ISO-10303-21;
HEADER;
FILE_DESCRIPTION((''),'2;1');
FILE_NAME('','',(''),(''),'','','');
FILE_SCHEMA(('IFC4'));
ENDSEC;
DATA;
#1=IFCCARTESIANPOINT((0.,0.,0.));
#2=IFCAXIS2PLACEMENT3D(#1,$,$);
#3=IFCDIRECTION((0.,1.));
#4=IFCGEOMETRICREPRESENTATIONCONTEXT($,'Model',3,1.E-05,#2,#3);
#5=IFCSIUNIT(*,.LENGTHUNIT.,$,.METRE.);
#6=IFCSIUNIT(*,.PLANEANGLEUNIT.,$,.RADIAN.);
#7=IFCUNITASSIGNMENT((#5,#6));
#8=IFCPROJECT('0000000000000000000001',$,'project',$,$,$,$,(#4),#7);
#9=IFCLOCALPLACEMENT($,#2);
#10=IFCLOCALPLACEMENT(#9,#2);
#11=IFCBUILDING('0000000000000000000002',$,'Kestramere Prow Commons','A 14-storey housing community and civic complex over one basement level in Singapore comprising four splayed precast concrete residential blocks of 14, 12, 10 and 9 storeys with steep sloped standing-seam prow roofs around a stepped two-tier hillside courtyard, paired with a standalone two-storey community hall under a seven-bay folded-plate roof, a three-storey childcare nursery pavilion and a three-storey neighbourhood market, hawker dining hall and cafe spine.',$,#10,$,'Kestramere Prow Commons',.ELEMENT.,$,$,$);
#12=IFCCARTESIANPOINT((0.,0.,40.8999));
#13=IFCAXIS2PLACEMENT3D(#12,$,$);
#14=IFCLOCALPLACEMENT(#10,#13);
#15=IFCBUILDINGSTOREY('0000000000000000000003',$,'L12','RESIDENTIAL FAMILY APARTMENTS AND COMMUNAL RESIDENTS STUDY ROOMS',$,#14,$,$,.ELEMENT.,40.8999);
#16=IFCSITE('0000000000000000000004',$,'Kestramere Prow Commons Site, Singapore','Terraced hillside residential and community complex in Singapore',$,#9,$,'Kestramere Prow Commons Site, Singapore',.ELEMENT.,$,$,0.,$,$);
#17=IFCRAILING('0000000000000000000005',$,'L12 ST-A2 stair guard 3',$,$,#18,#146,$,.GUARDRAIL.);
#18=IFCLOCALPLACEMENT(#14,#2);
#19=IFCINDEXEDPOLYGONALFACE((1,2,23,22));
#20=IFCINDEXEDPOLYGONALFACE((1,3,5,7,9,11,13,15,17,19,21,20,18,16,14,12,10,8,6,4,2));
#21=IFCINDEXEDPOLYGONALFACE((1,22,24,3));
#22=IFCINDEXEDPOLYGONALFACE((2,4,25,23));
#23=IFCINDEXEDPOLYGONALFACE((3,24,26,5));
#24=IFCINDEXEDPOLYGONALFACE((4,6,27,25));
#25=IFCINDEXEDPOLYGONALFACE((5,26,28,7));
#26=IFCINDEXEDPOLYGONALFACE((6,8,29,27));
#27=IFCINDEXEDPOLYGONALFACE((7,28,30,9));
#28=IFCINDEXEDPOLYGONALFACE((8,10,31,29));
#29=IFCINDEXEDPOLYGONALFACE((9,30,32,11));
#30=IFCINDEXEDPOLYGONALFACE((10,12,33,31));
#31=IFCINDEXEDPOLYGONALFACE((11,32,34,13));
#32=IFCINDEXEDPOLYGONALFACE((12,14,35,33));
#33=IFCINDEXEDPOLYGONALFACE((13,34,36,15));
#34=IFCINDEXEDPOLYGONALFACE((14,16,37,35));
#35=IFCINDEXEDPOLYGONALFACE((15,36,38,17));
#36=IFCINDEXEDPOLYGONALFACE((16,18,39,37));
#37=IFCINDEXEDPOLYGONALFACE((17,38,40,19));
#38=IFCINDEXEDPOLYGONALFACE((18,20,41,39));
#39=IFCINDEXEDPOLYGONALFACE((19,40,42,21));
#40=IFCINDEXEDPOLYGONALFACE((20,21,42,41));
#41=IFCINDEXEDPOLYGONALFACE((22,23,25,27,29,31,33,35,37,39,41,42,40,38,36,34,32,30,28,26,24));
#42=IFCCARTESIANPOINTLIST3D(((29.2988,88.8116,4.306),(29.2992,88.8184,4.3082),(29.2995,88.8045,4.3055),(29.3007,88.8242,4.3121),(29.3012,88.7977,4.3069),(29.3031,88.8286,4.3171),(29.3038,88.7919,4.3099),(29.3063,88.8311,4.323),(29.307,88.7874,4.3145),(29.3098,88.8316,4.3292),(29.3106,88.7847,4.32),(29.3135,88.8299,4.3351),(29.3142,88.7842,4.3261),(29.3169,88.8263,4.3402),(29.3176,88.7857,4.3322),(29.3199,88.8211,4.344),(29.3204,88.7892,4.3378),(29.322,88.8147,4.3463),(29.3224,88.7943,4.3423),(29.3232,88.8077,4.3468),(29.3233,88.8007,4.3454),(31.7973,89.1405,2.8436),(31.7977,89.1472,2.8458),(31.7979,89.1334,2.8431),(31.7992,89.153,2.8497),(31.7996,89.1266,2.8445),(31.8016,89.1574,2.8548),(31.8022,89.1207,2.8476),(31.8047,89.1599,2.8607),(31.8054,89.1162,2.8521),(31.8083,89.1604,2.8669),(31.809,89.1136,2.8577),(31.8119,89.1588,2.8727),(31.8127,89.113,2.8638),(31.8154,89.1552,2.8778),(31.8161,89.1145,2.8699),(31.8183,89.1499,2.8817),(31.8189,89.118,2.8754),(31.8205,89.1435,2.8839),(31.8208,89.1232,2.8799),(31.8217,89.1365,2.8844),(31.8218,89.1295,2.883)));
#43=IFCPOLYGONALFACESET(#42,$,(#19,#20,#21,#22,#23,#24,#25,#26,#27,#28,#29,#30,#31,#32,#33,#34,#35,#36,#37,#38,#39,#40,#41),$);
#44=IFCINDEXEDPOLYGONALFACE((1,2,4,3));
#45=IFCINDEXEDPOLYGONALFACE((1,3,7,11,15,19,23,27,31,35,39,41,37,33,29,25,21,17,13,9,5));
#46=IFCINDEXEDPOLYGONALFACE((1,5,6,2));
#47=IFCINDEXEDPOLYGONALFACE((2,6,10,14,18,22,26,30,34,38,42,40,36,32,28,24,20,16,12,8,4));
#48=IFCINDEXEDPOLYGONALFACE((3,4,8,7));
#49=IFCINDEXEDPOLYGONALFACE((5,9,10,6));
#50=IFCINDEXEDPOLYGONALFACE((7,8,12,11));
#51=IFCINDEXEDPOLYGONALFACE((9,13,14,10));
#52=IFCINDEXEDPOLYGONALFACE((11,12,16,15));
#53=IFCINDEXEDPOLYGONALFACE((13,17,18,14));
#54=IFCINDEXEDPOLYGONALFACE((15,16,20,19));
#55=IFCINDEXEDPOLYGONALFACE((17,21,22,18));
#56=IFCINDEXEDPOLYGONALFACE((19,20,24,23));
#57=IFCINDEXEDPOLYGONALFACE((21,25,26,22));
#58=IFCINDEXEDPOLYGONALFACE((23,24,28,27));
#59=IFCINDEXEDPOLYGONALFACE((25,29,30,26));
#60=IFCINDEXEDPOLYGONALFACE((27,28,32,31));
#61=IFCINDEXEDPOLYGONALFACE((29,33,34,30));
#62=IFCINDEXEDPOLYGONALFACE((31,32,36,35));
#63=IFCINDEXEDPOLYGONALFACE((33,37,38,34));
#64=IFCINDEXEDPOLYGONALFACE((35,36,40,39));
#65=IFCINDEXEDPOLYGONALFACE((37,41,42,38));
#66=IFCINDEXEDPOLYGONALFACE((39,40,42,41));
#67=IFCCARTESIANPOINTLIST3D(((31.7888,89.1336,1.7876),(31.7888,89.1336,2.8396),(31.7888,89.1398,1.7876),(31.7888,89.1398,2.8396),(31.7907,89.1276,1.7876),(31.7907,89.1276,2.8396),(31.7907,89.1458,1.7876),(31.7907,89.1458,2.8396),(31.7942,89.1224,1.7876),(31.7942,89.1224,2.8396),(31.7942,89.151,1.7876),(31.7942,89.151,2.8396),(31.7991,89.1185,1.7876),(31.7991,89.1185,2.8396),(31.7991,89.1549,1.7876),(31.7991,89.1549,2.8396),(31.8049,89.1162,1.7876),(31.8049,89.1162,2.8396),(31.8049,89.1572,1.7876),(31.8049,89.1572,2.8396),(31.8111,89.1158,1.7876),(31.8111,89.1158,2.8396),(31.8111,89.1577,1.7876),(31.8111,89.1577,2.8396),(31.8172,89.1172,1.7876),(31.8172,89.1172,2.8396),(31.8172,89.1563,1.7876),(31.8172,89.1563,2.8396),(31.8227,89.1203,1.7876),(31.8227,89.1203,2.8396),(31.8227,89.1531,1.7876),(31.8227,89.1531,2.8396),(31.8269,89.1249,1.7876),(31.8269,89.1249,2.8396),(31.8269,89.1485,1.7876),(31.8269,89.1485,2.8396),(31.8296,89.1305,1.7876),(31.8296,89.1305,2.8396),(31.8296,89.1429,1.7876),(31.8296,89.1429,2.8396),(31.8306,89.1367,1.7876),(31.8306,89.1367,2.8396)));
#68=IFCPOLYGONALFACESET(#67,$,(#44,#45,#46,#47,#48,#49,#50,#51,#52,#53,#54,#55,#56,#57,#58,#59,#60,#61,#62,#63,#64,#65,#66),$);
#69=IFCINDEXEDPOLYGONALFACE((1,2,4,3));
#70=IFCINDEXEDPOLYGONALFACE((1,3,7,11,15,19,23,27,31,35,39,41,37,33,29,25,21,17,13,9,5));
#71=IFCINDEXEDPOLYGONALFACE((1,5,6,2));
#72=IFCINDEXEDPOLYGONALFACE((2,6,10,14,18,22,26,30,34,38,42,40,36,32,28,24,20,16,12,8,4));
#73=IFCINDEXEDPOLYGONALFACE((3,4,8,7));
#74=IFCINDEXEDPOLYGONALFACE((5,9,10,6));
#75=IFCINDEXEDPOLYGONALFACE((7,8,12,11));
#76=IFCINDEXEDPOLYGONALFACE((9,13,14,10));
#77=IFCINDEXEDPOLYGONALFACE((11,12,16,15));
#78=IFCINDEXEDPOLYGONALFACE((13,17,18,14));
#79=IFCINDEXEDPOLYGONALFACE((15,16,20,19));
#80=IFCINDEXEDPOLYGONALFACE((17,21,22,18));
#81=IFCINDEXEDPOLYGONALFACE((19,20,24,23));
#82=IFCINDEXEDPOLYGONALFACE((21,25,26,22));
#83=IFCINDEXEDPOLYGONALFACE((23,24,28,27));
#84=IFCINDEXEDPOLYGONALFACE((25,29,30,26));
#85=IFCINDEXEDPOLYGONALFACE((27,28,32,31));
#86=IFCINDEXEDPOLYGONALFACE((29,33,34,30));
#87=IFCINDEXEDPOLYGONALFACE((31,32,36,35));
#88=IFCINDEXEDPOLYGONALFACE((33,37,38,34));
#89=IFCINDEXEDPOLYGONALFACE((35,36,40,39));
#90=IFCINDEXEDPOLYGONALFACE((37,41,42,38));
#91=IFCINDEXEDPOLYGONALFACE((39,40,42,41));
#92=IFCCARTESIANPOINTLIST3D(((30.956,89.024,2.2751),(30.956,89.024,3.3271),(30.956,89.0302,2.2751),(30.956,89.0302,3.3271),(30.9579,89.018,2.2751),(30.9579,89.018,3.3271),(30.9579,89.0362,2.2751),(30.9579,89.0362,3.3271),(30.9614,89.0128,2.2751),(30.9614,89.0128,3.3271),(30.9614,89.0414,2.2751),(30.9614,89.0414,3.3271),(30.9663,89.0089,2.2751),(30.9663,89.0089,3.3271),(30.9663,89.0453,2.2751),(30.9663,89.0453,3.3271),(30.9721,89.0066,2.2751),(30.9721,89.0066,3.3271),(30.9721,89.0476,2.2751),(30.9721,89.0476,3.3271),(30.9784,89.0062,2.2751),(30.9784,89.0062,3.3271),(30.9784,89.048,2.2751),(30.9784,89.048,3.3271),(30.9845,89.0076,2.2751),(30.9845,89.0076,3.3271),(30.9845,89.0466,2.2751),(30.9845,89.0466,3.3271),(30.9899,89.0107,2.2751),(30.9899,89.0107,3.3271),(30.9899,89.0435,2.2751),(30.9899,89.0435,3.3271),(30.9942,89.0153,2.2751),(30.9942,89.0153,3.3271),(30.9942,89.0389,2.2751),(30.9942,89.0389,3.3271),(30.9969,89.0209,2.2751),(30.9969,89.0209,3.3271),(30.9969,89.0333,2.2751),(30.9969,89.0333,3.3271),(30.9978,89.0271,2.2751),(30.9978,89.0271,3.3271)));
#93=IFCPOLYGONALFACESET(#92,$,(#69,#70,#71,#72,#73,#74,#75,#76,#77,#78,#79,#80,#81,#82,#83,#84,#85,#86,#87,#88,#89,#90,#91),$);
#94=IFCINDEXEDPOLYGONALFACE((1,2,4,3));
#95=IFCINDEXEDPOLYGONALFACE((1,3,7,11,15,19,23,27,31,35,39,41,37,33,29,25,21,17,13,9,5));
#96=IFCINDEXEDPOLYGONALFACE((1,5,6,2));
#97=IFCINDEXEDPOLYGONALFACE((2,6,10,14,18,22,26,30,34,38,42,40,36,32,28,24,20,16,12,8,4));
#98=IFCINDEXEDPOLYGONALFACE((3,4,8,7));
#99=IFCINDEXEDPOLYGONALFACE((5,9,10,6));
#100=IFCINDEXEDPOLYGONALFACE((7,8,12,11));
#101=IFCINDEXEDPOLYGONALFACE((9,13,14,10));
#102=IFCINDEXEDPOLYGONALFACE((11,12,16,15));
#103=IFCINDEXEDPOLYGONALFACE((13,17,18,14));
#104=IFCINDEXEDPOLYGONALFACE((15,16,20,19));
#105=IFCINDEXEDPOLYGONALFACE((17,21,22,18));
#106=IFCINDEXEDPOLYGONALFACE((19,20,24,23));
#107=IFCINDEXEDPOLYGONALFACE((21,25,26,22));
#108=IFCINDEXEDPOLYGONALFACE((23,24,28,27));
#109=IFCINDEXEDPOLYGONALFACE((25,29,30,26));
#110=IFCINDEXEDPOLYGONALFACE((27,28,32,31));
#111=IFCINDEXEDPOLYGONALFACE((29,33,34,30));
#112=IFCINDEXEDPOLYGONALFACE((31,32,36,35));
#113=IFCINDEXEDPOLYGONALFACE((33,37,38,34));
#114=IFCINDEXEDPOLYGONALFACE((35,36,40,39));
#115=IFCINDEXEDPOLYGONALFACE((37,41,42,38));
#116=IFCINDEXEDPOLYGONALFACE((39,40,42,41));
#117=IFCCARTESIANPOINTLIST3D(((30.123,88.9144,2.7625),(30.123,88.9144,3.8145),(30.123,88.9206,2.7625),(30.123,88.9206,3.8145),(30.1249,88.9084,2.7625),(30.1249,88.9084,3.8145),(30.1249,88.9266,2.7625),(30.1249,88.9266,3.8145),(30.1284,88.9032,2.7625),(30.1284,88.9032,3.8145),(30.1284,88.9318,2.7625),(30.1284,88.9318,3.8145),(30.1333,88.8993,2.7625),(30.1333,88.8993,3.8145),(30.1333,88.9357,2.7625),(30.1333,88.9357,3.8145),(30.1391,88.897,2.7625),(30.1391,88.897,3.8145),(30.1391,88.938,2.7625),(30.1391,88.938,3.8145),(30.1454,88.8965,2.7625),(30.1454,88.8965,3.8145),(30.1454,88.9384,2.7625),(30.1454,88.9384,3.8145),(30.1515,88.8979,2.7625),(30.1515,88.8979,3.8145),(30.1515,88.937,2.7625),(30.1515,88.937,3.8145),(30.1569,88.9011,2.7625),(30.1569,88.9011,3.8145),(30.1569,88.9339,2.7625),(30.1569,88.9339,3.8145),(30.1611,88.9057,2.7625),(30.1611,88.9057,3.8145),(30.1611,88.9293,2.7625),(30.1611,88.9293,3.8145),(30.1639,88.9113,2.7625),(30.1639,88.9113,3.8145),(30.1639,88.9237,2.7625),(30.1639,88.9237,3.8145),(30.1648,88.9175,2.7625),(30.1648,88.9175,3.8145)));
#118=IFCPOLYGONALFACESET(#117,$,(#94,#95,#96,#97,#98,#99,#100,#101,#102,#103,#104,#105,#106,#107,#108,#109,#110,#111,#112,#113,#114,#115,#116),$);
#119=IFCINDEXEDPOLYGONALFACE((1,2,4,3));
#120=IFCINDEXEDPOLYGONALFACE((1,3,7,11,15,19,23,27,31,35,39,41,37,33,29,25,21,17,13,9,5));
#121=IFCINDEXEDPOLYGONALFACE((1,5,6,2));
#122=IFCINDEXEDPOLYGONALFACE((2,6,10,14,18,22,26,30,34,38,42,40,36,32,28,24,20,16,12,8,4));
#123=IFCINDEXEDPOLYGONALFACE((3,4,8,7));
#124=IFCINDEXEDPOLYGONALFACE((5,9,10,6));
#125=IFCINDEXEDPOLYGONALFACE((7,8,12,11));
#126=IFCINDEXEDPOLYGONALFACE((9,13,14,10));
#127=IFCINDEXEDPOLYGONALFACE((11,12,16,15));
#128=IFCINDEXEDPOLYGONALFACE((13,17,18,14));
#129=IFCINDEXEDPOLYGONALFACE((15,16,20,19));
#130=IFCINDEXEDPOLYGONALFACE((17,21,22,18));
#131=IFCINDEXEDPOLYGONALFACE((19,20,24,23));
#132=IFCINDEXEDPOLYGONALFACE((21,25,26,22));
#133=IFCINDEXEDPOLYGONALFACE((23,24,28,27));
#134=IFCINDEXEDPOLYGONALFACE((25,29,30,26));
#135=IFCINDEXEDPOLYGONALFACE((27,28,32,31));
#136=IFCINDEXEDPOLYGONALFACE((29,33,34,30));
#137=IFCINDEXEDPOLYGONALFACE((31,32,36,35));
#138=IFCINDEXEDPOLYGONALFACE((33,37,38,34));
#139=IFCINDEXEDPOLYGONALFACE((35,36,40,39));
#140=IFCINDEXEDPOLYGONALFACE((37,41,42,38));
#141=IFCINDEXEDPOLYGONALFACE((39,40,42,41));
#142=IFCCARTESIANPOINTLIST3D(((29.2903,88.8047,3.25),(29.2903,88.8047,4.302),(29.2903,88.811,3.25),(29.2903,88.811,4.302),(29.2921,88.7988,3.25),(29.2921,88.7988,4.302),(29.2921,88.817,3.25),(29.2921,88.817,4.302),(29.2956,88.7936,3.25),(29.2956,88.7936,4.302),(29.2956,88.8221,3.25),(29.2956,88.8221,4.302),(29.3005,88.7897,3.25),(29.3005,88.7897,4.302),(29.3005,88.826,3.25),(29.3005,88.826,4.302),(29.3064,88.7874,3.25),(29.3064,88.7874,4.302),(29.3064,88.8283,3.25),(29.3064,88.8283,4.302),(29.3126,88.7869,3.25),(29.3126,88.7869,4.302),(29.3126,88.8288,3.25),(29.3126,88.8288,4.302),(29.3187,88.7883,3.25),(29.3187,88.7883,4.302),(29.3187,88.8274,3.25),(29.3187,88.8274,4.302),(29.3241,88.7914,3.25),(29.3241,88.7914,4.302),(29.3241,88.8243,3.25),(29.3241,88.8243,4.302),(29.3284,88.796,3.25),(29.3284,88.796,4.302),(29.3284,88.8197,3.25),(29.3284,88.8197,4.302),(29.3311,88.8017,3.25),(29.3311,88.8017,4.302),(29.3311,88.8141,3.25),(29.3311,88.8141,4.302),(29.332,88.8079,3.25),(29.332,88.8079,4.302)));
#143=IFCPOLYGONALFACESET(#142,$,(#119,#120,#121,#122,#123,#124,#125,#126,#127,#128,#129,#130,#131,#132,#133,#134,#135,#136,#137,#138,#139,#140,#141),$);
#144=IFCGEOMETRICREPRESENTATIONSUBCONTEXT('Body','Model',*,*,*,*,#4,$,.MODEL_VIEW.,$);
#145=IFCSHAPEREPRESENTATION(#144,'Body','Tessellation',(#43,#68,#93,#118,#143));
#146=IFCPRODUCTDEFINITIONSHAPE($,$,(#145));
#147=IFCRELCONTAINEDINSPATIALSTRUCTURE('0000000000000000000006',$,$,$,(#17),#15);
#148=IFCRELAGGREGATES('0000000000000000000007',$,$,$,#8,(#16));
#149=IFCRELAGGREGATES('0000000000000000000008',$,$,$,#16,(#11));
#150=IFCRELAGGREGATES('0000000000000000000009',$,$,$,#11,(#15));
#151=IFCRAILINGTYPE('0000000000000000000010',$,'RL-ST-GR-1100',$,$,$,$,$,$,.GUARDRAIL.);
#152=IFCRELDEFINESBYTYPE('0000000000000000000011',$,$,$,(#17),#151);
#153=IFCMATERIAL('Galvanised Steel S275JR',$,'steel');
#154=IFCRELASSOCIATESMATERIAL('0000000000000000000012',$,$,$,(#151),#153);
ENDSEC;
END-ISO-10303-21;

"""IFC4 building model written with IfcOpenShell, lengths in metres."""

from ifc_helpers import new_model, si_unit, direction, frame, origin, origin_2d, place, context, subcontext, project, spatial, circle, extrude, material, type_object, element, save


model = new_model("IFC4")

# Units and contexts
model_context = context("Model", 3, precision=1e-05, world=origin(), true_north=direction((0.0, 1.0)))
body_context = subcontext(model_context, "Body", "Model", "MODEL_VIEW")
ifc_project = project(units=[si_unit("LENGTHUNIT", "METRE"), si_unit("PLANEANGLEUNIT", "RADIAN")], contexts=[model_context])

# Site, building, storey
site_placement = place(None, origin())
site = spatial("IfcSite", under=ifc_project, at=site_placement, Name="Kestramere Prow Commons Site, Singapore", Description="Terraced hillside residential and community complex in Singapore", LongName="Kestramere Prow Commons Site, Singapore", CompositionType="ELEMENT", RefElevation=0.0)
building_placement = place(site_placement, origin())
building = spatial("IfcBuilding", under=site, at=building_placement, Name="Kestramere Prow Commons", Description="A 14-storey housing community and civic complex over one basement level in Singapore comprising four splayed precast concrete residential blocks of 14, 12, 10 and 9 storeys with steep sloped standing-seam prow roofs around a stepped two-tier hillside courtyard, paired with a standalone two-storey community hall under a seven-bay folded-plate roof, a three-storey childcare nursery pavilion and a three-storey neighbourhood market, hawker dining hall and cafe spine.", LongName="Kestramere Prow Commons", CompositionType="ELEMENT")
storey_placement = place(building_placement, frame((0.0, 0.0, 40.8999)))
storey = spatial("IfcBuildingStorey", under=building, at=storey_placement, Name="L12", Description="RESIDENTIAL FAMILY APARTMENTS AND COMMUNAL RESIDENTS STUDY ROOMS", CompositionType="ELEMENT", Elevation=40.8999)

# Railing
ifc_material_1 = material(Name="Galvanised Steel S275JR", Category="steel")
railing_type = type_object("IfcRailingType", Name="RL-ST-GR-1100", PredefinedType="GUARDRAIL", material=ifc_material_1)
railing_1_placement = place(storey_placement, frame((31.8096, 89.1367, 1.7876)))
element("IfcRailing", 1, at=railing_1_placement, inside=storey, type_object=railing_type, Name="L12 ST-A2 stair guard 3", PredefinedType="GUARDRAIL", context=body_context, shape_type="SweptSolid", body=[
    extrude(circle(Radius=0.0239, at=origin_2d()), frame((0.0, 0.0, 1.0762), z_axis=(-0.857523, -0.112867, 0.501912), x_axis=(0.130495, -0.991449, 0.0)), (0.0, 0.0, 1.0), 2.9136),
    extrude(circle(Radius=0.021, at=origin_2d()), origin(), (0.0, 0.0, 1.0), 1.052),
    extrude(circle(Radius=0.021, at=origin_2d()), frame((-0.8328, -0.1096, 0.4875)), (0.0, 0.0, 1.0), 1.052),
    extrude(circle(Radius=0.021, at=origin_2d()), frame((-1.6658, -0.2192, 0.9749)), (0.0, 0.0, 1.0), 1.052),
    extrude(circle(Radius=0.021, at=origin_2d()), frame((-2.4985, -0.3289, 1.4624)), (0.0, 0.0, 1.0), 1.052),
])

save(model, "model.ifc")
